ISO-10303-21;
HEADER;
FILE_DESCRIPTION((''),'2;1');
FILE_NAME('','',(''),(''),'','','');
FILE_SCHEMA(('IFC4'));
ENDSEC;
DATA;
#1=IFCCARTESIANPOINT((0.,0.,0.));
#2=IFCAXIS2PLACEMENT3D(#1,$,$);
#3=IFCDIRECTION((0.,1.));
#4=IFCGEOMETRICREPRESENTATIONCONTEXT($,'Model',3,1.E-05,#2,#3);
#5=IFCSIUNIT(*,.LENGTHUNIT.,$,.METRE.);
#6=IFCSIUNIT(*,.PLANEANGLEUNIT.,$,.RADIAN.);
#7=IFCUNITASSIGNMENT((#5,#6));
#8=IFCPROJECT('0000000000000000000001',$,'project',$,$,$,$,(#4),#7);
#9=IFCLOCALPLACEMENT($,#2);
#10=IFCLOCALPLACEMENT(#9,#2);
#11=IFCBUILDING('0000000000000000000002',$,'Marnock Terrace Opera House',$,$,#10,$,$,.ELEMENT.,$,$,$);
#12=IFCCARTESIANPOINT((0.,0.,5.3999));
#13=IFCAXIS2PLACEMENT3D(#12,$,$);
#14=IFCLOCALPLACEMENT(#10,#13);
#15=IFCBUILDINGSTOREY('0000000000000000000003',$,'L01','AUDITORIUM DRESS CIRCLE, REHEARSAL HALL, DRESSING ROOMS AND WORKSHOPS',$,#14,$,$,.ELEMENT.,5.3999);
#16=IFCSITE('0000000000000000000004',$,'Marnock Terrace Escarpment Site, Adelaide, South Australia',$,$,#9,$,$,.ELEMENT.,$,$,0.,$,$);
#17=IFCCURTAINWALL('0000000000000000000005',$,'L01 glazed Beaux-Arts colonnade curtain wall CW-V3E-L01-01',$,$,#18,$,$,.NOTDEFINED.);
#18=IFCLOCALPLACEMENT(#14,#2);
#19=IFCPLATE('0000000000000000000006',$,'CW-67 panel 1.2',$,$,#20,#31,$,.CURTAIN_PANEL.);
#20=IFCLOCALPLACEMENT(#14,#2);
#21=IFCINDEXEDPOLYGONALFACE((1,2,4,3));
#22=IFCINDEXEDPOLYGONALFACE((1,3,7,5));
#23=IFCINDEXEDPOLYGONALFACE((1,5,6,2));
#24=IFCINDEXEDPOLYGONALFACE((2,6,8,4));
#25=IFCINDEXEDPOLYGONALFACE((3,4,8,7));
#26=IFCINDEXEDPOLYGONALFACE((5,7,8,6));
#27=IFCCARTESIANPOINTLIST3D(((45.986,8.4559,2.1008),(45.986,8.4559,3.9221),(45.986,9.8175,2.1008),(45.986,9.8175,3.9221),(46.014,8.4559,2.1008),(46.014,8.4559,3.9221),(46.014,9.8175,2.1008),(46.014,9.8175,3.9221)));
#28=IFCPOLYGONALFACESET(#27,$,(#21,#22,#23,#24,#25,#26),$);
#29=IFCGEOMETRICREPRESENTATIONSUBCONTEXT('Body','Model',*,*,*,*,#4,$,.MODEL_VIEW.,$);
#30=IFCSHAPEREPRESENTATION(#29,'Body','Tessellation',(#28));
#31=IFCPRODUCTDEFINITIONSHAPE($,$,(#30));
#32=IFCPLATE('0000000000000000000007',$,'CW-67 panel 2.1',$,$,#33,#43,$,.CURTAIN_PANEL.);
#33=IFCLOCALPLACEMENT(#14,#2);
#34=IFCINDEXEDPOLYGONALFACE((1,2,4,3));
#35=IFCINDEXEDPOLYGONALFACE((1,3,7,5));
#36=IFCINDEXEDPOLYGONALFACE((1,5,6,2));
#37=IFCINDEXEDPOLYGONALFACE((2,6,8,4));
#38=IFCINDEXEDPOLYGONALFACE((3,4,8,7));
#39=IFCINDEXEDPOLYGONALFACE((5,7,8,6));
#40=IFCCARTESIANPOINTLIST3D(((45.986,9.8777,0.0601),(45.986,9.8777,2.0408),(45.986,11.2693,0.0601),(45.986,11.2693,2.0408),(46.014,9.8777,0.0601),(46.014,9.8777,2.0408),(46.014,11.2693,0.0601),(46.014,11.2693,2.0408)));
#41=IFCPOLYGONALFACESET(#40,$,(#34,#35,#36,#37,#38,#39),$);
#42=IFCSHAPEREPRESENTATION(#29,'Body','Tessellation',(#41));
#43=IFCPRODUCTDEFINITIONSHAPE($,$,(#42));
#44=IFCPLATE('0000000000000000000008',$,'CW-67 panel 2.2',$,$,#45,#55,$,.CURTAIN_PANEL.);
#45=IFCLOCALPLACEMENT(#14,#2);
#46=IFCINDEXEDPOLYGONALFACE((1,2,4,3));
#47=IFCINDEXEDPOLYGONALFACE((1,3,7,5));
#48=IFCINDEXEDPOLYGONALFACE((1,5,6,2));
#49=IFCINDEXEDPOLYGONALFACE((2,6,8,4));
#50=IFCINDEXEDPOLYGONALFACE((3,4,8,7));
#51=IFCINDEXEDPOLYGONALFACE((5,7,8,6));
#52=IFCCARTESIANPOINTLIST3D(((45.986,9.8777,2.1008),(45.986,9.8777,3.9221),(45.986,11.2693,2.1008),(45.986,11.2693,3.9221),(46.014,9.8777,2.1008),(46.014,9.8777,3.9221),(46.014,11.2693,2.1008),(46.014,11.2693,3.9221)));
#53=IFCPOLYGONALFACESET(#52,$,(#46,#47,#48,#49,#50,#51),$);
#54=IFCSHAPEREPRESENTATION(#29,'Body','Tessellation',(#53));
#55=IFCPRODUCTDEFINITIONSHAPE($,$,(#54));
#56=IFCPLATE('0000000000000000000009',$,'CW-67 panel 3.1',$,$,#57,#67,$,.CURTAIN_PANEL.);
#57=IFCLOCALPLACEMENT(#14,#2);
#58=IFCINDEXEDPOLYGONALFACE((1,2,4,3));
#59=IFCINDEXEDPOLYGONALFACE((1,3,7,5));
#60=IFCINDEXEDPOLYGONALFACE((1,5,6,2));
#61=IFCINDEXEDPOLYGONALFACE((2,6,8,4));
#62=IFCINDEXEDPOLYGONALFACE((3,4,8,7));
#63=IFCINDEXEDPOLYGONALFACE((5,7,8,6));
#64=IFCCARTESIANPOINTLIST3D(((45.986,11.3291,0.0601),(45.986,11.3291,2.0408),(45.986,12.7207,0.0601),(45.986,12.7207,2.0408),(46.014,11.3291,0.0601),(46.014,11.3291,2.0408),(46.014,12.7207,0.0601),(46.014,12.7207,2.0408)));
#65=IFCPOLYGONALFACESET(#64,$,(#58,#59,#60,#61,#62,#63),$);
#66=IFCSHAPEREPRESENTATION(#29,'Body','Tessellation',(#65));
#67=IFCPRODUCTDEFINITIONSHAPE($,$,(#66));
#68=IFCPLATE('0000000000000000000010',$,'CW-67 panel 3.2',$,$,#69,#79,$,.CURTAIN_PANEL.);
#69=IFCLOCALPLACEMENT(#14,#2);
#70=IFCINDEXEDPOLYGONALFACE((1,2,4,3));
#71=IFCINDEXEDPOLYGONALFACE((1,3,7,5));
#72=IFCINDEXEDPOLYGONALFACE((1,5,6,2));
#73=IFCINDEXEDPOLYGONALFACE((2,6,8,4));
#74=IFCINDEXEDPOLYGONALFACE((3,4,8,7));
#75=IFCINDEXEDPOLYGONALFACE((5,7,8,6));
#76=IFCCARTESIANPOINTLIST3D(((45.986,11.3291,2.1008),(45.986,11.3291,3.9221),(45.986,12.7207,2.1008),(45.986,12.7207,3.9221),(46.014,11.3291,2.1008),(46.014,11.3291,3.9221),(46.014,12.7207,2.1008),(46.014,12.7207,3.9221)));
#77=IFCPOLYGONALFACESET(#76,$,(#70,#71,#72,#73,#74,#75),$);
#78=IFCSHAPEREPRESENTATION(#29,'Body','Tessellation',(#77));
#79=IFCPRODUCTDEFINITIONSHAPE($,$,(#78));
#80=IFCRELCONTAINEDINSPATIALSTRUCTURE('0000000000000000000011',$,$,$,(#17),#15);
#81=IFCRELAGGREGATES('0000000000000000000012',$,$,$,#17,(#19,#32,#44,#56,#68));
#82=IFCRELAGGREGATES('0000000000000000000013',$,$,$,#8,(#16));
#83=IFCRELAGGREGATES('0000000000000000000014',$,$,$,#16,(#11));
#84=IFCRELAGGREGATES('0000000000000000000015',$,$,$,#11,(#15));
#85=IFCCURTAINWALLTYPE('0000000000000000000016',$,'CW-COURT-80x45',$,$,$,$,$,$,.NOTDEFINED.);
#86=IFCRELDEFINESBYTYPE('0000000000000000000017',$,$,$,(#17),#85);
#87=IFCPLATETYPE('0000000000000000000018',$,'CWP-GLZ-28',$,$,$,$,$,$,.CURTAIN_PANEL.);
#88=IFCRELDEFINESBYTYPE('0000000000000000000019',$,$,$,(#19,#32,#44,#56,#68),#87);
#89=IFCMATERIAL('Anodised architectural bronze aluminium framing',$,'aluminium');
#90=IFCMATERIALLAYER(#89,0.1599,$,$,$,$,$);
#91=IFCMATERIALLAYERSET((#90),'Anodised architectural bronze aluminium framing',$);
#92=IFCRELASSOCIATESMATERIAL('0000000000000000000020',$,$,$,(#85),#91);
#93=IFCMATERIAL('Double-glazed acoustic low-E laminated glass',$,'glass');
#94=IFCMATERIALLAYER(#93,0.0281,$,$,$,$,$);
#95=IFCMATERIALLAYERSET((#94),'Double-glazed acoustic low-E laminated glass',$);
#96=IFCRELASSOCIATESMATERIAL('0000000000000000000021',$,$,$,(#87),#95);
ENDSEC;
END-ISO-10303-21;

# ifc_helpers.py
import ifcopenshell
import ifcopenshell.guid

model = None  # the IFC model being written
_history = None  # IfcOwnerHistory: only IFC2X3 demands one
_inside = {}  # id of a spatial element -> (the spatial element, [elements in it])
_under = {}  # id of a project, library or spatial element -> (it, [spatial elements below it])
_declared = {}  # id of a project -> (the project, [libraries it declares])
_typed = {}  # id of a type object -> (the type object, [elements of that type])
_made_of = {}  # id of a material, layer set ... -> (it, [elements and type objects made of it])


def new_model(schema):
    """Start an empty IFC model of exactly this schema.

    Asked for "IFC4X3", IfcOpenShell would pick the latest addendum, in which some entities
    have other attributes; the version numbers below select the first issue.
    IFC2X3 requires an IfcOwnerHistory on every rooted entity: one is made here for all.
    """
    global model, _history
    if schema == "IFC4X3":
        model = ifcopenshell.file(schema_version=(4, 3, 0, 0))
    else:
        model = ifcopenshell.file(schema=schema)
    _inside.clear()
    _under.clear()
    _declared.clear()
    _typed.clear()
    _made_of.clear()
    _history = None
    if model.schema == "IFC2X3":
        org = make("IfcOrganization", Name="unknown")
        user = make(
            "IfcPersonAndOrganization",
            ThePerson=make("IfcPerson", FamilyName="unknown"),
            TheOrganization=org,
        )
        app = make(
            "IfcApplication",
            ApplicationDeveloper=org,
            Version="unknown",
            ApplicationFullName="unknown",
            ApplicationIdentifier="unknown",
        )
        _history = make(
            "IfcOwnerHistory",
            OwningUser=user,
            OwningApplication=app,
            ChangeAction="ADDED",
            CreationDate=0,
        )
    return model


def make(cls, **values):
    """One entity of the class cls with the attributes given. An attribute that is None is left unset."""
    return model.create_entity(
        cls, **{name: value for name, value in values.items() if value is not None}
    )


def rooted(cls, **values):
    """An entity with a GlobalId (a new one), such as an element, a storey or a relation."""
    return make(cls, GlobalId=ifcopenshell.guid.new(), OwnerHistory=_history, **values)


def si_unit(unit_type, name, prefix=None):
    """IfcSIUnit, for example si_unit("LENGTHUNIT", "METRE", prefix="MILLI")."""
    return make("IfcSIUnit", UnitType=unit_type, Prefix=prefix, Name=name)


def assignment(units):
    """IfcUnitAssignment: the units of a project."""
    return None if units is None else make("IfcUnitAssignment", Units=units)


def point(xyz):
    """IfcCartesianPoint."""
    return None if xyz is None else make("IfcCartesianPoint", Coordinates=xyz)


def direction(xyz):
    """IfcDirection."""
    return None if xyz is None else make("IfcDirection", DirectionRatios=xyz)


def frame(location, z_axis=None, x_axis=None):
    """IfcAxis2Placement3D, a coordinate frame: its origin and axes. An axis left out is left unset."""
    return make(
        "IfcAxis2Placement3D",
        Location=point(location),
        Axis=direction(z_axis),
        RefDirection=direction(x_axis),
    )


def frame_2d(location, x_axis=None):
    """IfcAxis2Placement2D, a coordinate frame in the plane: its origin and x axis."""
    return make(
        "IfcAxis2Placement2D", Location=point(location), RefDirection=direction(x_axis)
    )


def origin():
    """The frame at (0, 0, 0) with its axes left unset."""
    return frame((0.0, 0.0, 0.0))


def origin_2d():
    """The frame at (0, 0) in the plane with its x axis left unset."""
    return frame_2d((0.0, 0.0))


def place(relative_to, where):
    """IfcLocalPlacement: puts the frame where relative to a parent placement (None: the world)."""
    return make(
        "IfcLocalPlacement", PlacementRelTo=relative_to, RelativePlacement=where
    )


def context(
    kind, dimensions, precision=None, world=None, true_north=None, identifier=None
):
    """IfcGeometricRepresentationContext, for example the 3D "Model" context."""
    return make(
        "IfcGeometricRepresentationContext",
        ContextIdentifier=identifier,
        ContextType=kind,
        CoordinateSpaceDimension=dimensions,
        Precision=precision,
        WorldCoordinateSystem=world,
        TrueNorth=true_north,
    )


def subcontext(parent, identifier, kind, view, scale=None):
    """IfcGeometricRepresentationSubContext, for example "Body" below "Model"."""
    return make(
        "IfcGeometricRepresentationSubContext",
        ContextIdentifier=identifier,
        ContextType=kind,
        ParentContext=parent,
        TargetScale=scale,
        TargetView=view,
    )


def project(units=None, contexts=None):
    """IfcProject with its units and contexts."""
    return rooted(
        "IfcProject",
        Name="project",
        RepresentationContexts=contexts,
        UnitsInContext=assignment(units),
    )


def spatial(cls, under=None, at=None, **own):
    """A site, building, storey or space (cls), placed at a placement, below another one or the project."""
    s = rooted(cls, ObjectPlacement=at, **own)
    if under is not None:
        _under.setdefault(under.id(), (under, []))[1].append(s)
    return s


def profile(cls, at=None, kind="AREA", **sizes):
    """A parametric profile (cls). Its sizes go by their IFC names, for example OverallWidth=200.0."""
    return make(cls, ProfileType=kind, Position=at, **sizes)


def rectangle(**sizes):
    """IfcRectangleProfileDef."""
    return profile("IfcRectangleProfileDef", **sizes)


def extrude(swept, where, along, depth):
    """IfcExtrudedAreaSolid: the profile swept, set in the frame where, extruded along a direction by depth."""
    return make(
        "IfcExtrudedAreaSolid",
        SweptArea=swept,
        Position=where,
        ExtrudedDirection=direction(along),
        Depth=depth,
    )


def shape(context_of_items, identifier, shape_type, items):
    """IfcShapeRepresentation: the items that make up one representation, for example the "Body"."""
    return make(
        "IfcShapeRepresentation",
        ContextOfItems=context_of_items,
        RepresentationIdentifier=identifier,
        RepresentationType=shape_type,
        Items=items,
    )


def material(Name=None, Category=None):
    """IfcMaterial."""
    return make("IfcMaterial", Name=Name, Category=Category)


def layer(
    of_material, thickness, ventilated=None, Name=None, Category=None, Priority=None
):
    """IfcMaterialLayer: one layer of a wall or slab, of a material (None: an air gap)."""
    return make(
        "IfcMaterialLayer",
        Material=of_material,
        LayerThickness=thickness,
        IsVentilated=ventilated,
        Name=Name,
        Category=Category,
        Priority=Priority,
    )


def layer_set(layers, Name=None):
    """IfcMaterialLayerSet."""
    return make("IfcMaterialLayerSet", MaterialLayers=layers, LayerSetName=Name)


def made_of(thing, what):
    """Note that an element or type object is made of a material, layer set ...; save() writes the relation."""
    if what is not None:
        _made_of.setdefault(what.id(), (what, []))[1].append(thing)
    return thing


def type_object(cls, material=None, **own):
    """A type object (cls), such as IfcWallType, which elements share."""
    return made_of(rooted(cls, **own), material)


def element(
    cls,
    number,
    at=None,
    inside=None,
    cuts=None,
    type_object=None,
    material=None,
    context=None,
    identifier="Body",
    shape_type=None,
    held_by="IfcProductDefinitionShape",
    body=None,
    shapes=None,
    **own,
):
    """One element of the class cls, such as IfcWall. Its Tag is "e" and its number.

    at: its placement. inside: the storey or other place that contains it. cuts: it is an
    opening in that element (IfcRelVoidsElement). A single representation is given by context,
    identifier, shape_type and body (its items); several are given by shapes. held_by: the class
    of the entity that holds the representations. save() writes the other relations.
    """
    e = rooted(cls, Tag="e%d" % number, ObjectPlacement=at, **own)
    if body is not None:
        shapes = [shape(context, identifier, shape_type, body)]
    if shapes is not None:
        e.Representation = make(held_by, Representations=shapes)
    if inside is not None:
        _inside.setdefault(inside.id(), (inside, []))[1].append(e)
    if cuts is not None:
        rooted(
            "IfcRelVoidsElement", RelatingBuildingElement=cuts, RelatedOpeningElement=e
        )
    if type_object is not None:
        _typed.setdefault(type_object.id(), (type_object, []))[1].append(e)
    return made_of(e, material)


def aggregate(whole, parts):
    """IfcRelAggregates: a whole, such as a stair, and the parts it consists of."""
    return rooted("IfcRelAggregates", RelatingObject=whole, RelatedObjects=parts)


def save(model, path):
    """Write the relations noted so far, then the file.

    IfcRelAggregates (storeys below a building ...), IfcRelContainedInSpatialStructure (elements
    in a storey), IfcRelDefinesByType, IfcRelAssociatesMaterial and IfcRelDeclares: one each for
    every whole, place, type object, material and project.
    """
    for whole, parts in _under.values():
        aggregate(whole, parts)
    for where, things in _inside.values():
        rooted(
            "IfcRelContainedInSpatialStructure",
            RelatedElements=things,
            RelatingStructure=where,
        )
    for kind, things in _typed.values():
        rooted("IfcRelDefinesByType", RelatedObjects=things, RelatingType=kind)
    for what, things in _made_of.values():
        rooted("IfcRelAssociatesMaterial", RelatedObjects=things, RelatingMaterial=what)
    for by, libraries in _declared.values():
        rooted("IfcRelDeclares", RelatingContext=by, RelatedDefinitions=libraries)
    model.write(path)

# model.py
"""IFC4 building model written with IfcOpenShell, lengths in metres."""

from ifc_helpers import new_model, si_unit, direction, frame, origin, origin_2d, place, context, subcontext, project, spatial, rectangle, extrude, material, layer, layer_set, type_object, element, aggregate, save


model = new_model("IFC4")

# Units and contexts
model_context = context("Model", 3, precision=1e-05, world=origin(), true_north=direction((0.0, 1.0)))
body_context = subcontext(model_context, "Body", "Model", "MODEL_VIEW")
ifc_project = project(units=[si_unit("LENGTHUNIT", "METRE"), si_unit("PLANEANGLEUNIT", "RADIAN")], contexts=[model_context])

# Site, building, storey
site_placement = place(None, origin())
site = spatial("IfcSite", under=ifc_project, at=site_placement, Name="Marnock Terrace Escarpment Site, Adelaide, South Australia", CompositionType="ELEMENT", RefElevation=0.0)
building_placement = place(site_placement, origin())
building = spatial("IfcBuilding", under=site, at=building_placement, Name="Marnock Terrace Opera House", CompositionType="ELEMENT")
storey_placement = place(building_placement, frame((0.0, 0.0, 5.3999)))
storey = spatial("IfcBuildingStorey", under=building, at=storey_placement, Name="L01", Description="AUDITORIUM DRESS CIRCLE, REHEARSAL HALL, DRESSING ROOMS AND WORKSHOPS", CompositionType="ELEMENT", Elevation=5.3999)

# Curtain wall, plates
ifc_material_1 = material(Name="Anodised architectural bronze aluminium framing", Category="aluminium")
ifc_layer_1 = layer(ifc_material_1, 0.1599)
ifc_layer_set_1 = layer_set([ifc_layer_1], Name="Anodised architectural bronze aluminium framing")
curtain_wall_type = type_object("IfcCurtainWallType", Name="CW-COURT-80x45", PredefinedType="NOTDEFINED", material=ifc_layer_set_1)
curtain_wall_placement = place(storey_placement, origin())
curtain_wall = element("IfcCurtainWall", 1, at=curtain_wall_placement, inside=storey, type_object=curtain_wall_type, Name="L01 glazed Beaux-Arts colonnade curtain wall CW-V3E-L01-01", PredefinedType="NOTDEFINED")
ifc_material_2 = material(Name="Double-glazed acoustic low-E laminated glass", Category="glass")
ifc_layer_2 = layer(ifc_material_2, 0.0281)
ifc_layer_set_2 = layer_set([ifc_layer_2], Name="Double-glazed acoustic low-E laminated glass")
plate_type = type_object("IfcPlateType", Name="CWP-GLZ-28", PredefinedType="CURTAIN_PANEL", material=ifc_layer_set_2)
plate_1_placement = place(storey_placement, frame((46.0, 9.1367, 2.1008), z_axis=(0.0, 0.0, 1.0), x_axis=(0.0, 1.0, 0.0)))
plate_1 = element("IfcPlate", 2, at=plate_1_placement, type_object=plate_type, Name="CW-67 panel 1.2", PredefinedType="CURTAIN_PANEL", context=body_context, shape_type="SweptSolid", body=[
    extrude(rectangle(XDim=1.3616, YDim=0.0281, at=origin_2d()), origin(), (0.0, 0.0, 1.0), 1.8213),
])
plate_2_placement = place(storey_placement, frame((46.0, 10.5735, 0.0601), z_axis=(0.0, 0.0, 1.0), x_axis=(0.0, 1.0, 0.0)))
plate_2 = element("IfcPlate", 3, at=plate_2_placement, type_object=plate_type, Name="CW-67 panel 2.1", PredefinedType="CURTAIN_PANEL", context=body_context, shape_type="SweptSolid", body=[
    extrude(rectangle(XDim=1.3916, YDim=0.0281, at=origin_2d()), origin(), (0.0, 0.0, 1.0), 1.9807),
])
plate_3_placement = place(storey_placement, frame((46.0, 10.5735, 2.1008), z_axis=(0.0, 0.0, 1.0), x_axis=(0.0, 1.0, 0.0)))
plate_3 = element("IfcPlate", 4, at=plate_3_placement, type_object=plate_type, Name="CW-67 panel 2.2", PredefinedType="CURTAIN_PANEL", context=body_context, shape_type="SweptSolid", body=[
    extrude(rectangle(XDim=1.3916, YDim=0.0281, at=origin_2d()), origin(), (0.0, 0.0, 1.0), 1.8213),
])
plate_4_placement = place(storey_placement, frame((46.0, 12.0249, 0.0601), z_axis=(0.0, 0.0, 1.0), x_axis=(0.0, 1.0, 0.0)))
plate_4 = element("IfcPlate", 5, at=plate_4_placement, type_object=plate_type, Name="CW-67 panel 3.1", PredefinedType="CURTAIN_PANEL", context=body_context, shape_type="SweptSolid", body=[
    extrude(rectangle(XDim=1.3916, YDim=0.0281, at=origin_2d()), origin(), (0.0, 0.0, 1.0), 1.9807),
])
plate_5_placement = place(storey_placement, frame((46.0, 12.0249, 2.1008), z_axis=(0.0, 0.0, 1.0), x_axis=(0.0, 1.0, 0.0)))
plate_5 = element("IfcPlate", 6, at=plate_5_placement, type_object=plate_type, Name="CW-67 panel 3.2", PredefinedType="CURTAIN_PANEL", context=body_context, shape_type="SweptSolid", body=[
    extrude(rectangle(XDim=1.3916, YDim=0.0281, at=origin_2d()), origin(), (0.0, 0.0, 1.0), 1.8213),
])
aggregate(curtain_wall, [plate_1, plate_2, plate_3, plate_4, plate_5])

save(model, "model.ifc")
